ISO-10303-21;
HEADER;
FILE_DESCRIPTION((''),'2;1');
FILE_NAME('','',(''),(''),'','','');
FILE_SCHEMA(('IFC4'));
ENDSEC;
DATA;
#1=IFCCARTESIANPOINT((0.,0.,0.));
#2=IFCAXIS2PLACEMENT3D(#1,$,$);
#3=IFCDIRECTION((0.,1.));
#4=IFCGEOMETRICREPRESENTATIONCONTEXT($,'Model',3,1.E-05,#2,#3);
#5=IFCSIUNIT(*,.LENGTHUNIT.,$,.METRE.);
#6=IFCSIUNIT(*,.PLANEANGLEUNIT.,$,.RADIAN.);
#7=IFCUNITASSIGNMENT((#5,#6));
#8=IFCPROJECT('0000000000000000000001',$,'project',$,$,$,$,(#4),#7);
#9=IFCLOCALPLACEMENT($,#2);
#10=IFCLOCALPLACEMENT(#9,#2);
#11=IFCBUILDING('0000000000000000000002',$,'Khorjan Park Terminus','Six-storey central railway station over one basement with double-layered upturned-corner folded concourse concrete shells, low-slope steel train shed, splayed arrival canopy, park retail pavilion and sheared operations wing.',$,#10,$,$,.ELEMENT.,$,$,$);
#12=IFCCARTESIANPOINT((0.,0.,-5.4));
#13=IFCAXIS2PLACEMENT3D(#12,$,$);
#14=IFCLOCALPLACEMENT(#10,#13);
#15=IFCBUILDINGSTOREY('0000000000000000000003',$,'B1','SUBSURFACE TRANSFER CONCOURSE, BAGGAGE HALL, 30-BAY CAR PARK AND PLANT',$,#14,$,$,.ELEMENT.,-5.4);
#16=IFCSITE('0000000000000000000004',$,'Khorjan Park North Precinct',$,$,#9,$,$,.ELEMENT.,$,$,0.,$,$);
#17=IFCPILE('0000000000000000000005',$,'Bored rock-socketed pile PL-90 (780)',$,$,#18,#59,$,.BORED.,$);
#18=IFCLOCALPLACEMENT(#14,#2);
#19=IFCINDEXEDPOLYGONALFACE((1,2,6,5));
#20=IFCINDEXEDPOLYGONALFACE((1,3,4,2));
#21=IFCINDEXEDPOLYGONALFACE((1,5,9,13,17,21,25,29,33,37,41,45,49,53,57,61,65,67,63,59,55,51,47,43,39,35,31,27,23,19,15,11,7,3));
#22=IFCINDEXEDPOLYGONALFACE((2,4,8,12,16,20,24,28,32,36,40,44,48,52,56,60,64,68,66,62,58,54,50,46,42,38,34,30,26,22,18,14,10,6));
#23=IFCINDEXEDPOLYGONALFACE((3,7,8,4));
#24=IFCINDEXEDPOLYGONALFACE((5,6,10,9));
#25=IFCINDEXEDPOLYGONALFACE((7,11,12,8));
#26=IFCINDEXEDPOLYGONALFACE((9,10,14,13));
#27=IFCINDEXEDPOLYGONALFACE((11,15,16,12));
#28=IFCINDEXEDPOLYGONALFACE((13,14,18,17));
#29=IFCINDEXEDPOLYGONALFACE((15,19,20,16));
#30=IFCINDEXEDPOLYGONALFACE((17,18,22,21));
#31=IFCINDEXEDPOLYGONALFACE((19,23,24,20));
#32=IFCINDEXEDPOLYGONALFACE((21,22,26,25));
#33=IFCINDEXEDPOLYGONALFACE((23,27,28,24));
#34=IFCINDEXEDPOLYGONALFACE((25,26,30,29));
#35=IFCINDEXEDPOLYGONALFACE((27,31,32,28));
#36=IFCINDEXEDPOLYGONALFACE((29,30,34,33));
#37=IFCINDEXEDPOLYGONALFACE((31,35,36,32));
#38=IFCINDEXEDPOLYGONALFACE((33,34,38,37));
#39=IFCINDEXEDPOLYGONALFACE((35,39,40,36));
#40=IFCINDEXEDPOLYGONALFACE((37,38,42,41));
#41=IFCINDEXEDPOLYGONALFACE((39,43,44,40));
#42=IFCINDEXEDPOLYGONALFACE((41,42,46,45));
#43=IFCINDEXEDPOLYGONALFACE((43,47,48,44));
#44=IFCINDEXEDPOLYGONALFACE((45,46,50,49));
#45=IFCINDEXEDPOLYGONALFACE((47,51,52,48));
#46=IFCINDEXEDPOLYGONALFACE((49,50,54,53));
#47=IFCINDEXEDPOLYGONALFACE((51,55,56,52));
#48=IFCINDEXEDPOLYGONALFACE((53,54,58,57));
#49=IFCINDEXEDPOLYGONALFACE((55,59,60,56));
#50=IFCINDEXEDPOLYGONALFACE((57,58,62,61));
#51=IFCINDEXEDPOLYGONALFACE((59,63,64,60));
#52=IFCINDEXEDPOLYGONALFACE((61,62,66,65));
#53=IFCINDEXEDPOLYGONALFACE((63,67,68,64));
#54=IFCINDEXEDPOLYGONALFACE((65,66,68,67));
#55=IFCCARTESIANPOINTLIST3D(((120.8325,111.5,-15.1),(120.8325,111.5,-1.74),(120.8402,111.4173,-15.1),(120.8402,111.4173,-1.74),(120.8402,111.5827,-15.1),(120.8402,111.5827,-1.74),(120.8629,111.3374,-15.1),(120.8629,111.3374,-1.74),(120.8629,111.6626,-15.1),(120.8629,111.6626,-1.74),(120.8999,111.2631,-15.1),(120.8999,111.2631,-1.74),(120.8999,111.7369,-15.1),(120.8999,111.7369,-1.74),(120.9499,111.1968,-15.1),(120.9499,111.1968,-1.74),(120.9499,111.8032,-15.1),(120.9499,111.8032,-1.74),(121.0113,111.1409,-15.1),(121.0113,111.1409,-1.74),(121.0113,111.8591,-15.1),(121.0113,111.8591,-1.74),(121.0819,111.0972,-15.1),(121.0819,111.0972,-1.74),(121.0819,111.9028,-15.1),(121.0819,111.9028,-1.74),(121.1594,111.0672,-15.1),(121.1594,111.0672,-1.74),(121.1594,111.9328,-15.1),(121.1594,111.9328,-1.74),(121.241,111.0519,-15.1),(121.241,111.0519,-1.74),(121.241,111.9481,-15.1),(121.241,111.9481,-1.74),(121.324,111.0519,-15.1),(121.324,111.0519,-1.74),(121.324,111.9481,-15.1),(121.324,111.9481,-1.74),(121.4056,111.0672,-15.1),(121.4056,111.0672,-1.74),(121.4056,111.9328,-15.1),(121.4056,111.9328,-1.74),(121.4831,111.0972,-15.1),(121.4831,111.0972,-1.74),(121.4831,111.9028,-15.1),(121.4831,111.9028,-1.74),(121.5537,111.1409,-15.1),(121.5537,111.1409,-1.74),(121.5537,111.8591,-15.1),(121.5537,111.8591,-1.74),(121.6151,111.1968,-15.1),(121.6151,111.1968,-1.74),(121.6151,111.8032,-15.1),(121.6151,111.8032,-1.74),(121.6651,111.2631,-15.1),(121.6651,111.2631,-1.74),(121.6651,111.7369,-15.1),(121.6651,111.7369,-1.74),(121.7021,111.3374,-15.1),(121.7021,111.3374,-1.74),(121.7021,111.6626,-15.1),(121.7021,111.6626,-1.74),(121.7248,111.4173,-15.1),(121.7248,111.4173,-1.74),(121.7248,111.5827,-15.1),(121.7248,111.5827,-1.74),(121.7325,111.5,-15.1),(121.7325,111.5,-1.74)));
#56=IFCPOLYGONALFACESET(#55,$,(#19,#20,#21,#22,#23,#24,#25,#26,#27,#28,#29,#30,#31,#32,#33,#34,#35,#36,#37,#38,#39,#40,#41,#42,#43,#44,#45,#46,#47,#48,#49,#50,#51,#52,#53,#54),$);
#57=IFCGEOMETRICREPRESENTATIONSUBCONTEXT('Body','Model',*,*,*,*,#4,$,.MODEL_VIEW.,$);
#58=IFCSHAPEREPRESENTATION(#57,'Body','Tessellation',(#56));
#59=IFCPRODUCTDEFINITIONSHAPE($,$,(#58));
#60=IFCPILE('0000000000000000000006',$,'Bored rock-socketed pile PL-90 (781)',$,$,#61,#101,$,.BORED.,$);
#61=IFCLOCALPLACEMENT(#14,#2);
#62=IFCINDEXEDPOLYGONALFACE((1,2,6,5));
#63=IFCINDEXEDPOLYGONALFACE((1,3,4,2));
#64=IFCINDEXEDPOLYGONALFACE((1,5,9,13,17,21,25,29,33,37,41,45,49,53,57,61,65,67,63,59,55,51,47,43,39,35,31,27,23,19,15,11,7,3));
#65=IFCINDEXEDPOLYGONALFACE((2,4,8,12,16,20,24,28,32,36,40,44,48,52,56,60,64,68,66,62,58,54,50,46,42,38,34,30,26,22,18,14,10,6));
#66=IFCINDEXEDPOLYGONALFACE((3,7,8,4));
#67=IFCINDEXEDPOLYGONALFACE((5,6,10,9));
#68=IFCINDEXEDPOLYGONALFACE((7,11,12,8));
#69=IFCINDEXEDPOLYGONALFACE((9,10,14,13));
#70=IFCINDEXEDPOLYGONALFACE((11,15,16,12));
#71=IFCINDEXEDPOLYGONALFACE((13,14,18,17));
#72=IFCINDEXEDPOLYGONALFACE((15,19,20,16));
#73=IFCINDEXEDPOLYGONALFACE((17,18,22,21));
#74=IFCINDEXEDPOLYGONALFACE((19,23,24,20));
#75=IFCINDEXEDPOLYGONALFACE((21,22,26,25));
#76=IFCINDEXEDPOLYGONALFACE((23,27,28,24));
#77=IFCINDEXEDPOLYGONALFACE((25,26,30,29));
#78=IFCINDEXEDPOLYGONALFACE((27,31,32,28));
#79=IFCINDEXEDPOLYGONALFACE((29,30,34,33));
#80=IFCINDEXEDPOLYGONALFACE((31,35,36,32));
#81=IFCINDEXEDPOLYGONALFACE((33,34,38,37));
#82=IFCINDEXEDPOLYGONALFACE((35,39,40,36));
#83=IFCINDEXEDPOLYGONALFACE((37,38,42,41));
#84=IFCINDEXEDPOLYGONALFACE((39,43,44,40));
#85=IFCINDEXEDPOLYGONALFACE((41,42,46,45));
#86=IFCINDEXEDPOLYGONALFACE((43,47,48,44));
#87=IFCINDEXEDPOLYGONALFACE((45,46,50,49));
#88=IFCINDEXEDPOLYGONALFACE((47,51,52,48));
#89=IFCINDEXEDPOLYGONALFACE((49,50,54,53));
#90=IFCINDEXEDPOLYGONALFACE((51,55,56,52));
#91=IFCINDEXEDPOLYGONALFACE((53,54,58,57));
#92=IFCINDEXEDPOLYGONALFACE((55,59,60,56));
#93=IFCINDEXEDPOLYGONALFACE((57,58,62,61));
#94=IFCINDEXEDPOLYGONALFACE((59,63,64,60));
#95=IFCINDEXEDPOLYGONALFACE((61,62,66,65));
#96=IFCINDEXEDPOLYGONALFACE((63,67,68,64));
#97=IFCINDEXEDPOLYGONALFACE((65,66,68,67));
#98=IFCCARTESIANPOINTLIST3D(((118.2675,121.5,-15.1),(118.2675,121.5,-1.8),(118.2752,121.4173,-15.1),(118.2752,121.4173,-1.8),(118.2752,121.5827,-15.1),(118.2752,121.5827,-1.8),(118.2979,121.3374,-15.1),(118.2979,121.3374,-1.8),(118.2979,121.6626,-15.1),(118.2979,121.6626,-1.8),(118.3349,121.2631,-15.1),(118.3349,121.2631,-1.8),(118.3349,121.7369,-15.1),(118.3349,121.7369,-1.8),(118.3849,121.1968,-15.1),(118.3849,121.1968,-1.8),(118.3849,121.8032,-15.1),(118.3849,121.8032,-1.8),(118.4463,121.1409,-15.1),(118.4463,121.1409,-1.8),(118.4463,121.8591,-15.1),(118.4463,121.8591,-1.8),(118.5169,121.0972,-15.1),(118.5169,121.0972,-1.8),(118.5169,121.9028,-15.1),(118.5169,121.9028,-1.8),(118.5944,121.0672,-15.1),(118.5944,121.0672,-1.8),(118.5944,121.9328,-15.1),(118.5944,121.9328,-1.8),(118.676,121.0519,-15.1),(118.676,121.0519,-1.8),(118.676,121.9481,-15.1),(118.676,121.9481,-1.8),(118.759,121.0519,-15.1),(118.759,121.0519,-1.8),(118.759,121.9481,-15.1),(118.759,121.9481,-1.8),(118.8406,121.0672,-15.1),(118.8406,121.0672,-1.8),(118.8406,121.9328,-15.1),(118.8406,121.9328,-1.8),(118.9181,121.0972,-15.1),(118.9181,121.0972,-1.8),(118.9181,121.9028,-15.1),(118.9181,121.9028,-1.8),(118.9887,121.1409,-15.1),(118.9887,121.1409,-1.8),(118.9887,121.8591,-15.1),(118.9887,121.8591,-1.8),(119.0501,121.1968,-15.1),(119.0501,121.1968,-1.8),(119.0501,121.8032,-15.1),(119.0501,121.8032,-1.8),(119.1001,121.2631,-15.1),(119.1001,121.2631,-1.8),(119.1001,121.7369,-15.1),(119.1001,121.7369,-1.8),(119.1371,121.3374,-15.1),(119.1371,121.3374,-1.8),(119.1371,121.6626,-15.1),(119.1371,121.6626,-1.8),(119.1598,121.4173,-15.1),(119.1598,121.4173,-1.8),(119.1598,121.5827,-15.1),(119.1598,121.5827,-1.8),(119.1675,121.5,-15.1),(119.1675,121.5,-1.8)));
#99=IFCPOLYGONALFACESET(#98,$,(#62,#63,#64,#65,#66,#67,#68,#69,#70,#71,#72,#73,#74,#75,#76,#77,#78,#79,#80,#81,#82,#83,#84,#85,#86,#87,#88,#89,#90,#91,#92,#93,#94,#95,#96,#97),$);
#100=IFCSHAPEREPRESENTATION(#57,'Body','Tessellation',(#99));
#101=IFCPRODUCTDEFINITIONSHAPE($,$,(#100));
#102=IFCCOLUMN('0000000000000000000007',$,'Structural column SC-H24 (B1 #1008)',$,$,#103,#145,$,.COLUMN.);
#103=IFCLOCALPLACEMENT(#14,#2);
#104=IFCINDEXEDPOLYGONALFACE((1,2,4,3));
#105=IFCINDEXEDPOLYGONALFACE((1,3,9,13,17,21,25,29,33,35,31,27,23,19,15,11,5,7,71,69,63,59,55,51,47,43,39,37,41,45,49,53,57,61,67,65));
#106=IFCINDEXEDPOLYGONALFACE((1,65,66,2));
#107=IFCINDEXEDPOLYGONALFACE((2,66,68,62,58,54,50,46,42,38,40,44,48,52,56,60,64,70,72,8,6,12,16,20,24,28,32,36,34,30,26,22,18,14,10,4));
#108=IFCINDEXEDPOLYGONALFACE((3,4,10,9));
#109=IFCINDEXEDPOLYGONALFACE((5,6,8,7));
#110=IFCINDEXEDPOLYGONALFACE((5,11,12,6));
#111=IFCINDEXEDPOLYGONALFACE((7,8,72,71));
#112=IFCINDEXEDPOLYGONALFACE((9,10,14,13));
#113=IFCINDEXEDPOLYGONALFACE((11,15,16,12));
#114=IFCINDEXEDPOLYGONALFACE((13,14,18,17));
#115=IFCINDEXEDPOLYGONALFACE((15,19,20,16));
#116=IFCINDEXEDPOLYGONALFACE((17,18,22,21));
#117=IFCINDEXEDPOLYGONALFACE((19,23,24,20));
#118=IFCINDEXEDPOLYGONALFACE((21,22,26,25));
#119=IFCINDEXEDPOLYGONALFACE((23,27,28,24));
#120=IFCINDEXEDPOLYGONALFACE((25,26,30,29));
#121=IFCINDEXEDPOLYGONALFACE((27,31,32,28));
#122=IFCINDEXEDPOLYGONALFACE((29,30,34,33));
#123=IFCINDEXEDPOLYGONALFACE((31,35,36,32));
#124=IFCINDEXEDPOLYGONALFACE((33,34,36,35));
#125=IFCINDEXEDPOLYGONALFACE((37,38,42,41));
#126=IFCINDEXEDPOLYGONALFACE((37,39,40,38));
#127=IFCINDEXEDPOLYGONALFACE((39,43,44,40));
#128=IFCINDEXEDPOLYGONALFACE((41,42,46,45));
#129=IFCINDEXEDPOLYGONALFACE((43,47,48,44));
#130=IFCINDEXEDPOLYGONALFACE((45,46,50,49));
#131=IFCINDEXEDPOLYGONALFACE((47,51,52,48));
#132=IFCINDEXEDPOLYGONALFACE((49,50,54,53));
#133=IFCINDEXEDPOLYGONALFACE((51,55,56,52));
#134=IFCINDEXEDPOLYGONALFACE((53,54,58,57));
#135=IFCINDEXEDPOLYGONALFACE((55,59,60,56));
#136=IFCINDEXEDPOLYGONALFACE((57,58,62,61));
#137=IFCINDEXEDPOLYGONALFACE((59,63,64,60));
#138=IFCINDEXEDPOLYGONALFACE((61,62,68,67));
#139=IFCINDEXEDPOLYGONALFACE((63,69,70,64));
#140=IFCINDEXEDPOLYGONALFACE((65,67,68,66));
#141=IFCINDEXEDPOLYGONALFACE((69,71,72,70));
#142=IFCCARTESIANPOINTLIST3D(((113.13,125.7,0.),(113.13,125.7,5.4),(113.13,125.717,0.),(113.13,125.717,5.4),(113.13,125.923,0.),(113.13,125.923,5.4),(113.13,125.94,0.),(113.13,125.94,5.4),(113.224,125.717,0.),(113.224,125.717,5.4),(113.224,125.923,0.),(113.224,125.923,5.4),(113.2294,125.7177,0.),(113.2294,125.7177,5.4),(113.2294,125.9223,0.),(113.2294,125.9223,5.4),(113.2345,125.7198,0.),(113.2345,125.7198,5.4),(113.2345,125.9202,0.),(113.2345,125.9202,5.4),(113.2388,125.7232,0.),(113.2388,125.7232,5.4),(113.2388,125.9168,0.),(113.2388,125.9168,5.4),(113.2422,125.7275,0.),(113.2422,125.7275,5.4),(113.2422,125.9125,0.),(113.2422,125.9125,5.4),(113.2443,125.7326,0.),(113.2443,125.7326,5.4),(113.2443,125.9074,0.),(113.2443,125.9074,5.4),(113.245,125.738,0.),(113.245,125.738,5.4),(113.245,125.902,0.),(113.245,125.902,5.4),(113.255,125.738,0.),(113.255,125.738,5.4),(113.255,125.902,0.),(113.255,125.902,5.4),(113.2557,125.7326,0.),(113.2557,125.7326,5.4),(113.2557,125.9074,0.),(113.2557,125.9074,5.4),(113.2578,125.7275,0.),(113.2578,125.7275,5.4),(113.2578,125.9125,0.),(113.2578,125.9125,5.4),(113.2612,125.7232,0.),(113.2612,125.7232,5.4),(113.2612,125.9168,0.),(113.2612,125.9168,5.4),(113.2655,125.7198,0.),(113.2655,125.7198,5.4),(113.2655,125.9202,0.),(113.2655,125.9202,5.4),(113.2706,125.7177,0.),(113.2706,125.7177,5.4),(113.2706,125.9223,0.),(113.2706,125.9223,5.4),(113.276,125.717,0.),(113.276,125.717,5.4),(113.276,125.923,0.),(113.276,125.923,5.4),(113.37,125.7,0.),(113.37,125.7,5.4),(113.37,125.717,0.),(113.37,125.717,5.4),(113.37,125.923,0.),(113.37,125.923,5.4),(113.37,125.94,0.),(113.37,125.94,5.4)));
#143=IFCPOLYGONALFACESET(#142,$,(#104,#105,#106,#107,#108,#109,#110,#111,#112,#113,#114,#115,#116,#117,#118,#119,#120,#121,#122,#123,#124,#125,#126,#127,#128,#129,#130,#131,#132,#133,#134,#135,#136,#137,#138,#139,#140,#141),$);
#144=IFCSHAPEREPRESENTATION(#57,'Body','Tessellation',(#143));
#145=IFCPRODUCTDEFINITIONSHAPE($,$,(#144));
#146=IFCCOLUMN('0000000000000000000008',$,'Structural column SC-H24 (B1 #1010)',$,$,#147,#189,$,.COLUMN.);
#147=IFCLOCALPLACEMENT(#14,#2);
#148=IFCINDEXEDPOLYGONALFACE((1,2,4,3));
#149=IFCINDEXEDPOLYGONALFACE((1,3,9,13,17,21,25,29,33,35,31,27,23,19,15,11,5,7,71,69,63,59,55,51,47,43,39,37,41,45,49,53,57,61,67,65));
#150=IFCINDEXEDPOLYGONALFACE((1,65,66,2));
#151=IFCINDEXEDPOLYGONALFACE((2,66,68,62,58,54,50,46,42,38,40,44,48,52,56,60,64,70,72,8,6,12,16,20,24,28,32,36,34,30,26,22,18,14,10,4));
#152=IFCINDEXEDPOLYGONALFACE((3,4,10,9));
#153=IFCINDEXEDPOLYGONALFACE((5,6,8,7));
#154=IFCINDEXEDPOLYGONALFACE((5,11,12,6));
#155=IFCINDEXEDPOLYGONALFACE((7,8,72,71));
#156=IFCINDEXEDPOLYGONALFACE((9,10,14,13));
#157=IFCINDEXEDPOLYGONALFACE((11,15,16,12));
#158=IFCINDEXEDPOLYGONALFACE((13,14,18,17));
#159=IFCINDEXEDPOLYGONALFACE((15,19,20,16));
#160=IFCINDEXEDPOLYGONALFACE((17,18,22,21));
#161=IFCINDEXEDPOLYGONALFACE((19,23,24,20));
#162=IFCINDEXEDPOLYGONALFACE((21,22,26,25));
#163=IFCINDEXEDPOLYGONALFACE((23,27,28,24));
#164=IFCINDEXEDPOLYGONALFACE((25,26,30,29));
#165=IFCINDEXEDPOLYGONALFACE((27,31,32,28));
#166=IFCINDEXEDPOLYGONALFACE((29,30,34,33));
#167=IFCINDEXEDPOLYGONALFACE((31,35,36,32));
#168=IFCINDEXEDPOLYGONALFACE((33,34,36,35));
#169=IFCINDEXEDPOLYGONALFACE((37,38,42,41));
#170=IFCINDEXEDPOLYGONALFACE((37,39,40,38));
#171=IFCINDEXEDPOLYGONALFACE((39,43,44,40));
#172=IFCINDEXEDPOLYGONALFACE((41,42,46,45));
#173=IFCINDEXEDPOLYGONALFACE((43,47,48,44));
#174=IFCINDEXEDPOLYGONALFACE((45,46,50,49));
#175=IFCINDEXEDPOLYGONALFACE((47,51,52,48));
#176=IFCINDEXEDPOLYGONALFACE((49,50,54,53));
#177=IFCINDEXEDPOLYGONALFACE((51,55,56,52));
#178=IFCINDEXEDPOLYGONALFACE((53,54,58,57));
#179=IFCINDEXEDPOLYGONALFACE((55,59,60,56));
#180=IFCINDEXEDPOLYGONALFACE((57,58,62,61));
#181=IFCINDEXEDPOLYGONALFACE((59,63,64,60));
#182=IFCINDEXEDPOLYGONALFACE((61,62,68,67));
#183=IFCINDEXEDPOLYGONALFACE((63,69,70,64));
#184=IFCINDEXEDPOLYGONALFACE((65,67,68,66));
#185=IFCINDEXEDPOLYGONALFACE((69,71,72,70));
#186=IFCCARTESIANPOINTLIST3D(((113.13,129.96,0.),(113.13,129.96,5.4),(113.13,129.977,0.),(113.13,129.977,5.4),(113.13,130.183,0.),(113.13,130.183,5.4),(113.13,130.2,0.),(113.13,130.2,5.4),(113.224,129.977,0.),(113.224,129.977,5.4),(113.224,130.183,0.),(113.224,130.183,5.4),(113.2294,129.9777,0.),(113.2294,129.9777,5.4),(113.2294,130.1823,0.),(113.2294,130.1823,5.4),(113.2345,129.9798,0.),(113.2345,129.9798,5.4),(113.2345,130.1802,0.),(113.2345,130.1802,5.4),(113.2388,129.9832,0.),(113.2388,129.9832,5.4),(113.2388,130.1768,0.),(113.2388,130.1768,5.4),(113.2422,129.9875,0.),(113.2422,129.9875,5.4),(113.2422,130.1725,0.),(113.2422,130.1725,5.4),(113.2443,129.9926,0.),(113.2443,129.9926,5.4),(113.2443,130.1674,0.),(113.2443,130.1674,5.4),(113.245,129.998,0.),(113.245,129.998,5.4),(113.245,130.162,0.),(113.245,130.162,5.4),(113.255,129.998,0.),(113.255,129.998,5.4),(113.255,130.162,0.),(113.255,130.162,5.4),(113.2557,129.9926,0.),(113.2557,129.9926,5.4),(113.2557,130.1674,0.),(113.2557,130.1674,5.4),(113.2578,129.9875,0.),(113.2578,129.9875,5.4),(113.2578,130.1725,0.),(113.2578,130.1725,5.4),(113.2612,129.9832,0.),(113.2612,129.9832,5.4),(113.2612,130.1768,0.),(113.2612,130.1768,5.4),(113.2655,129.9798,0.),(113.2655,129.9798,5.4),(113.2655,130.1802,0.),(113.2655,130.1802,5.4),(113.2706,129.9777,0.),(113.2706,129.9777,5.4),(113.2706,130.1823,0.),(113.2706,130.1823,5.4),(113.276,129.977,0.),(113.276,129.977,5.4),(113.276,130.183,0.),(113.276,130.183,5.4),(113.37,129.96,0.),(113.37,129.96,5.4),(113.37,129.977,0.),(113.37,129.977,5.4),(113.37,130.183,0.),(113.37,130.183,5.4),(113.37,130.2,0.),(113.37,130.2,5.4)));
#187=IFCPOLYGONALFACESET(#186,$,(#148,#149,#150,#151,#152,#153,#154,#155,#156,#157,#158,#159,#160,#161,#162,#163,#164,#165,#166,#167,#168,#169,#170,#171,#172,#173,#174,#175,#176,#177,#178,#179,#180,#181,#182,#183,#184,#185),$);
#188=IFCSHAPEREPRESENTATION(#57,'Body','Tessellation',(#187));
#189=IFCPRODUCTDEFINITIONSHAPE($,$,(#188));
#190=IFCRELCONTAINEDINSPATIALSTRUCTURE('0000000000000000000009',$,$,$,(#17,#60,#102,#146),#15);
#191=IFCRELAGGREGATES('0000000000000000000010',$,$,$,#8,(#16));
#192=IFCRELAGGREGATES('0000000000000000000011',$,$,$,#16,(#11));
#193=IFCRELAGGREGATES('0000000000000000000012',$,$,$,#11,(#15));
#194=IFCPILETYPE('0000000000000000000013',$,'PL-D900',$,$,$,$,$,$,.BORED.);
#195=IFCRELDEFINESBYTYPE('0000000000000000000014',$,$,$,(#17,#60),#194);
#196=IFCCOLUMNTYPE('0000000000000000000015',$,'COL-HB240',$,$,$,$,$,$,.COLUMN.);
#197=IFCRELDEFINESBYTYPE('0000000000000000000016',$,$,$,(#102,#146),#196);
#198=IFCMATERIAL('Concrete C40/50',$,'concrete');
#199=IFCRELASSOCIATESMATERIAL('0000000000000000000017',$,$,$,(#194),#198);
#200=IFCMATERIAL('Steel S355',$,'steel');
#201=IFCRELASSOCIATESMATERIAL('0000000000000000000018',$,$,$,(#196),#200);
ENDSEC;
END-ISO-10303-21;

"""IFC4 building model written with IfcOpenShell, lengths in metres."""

from ifc_helpers import new_model, si_unit, direction, frame, origin, origin_2d, place, context, subcontext, project, spatial, circle, i_section, extrude, material, material_profile, profile_set, type_object, element, save


model = new_model("IFC4")

# Units and contexts
model_context = context("Model", 3, precision=1e-05, world=origin(), true_north=direction((0.0, 1.0)))
body_context = subcontext(model_context, "Body", "Model", "MODEL_VIEW")
ifc_project = project(units=[si_unit("LENGTHUNIT", "METRE"), si_unit("PLANEANGLEUNIT", "RADIAN")], contexts=[model_context])

# Site, building, storey
site_placement = place(None, origin())
site = spatial("IfcSite", under=ifc_project, at=site_placement, Name="Khorjan Park North Precinct", CompositionType="ELEMENT", RefElevation=0.0)
building_placement = place(site_placement, origin())
building = spatial("IfcBuilding", under=site, at=building_placement, Name="Khorjan Park Terminus", Description="Six-storey central railway station over one basement with double-layered upturned-corner folded concourse concrete shells, low-slope steel train shed, splayed arrival canopy, park retail pavilion and sheared operations wing.", CompositionType="ELEMENT")
storey_placement = place(building_placement, frame((0.0, 0.0, -5.4)))
storey = spatial("IfcBuildingStorey", under=building, at=storey_placement, Name="B1", Description="SUBSURFACE TRANSFER CONCOURSE, BAGGAGE HALL, 30-BAY CAR PARK AND PLANT", CompositionType="ELEMENT", Elevation=-5.4)

# Shared definitions
ifc_material_1 = material(Name="Concrete C40/50", Category="concrete")

# Piles
ifc_material_profile_1 = material_profile(ifc_material_1, circle(Radius=0.45, at=origin_2d()), Name="BORED D900")
ifc_profile_set_1 = profile_set([ifc_material_profile_1], Name="Concrete C40/50")
pile_type_1 = type_object("IfcPileType", Name="PL-D900", PredefinedType="BORED", material=ifc_profile_set_1)
for number, where, z_axis, x_axis, name in (
    (1, (121.2825, 111.5, -1.74), (0.0, 0.0, -1.0), (1.0, 0.0, 0.0), "Bored rock-socketed pile PL-90 (780)"),
):
    element("IfcPile", number, at=place(storey_placement, frame(where, z_axis=z_axis, x_axis=x_axis)), inside=storey, type_object=pile_type_1, Name=name, PredefinedType="BORED", context=body_context, shape_type="SweptSolid", body=[
        extrude(circle(Radius=0.45, at=origin_2d()), origin(), (0.0, 0.0, 1.0), 13.36),
    ])
pile_1_placement = place(storey_placement, frame((118.7175, 121.5, -1.8), z_axis=(0.0, 0.0, -1.0), x_axis=(1.0, 0.0, 0.0)))
element("IfcPile", 2, at=pile_1_placement, inside=storey, type_object=pile_type_1, Name="Bored rock-socketed pile PL-90 (781)", PredefinedType="BORED", context=body_context, shape_type="SweptSolid", body=[
    extrude(circle(Radius=0.45, at=origin_2d()), origin(), (0.0, 0.0, 1.0), 13.3),
])

# Columns
ifc_material_2 = material(Name="Steel S355", Category="steel")
ifc_material_profile_2 = material_profile(ifc_material_2, i_section(OverallWidth=0.24, OverallDepth=0.24, WebThickness=0.01, FlangeThickness=0.017, FilletRadius=0.021, at=origin_2d()), Name="HEB 240")
ifc_profile_set_2 = profile_set([ifc_material_profile_2], Name="Steel S355")
column_type_1 = type_object("IfcColumnType", Name="COL-HB240", PredefinedType="COLUMN", material=ifc_profile_set_2)
for number, where, z_axis, x_axis, name in (
    (3, (113.25, 125.82, 0.0), (0.0, 0.0, 1.0), (1.0, 0.0, 0.0), "Structural column SC-H24 (B1 #1008)"),
    (4, (113.25, 130.08, 0.0), (0.0, 0.0, 1.0), (1.0, 0.0, 0.0), "Structural column SC-H24 (B1 #1010)"),
):
    element("IfcColumn", number, at=place(storey_placement, frame(where, z_axis=z_axis, x_axis=x_axis)), inside=storey, type_object=column_type_1, Name=name, PredefinedType="COLUMN", context=body_context, shape_type="SweptSolid", body=[
        extrude(i_section(OverallWidth=0.24, OverallDepth=0.24, WebThickness=0.01, FlangeThickness=0.017, FilletRadius=0.021, at=origin_2d()), origin(), (0.0, 0.0, 1.0), 5.4),
    ])

save(model, "model.ifc")
